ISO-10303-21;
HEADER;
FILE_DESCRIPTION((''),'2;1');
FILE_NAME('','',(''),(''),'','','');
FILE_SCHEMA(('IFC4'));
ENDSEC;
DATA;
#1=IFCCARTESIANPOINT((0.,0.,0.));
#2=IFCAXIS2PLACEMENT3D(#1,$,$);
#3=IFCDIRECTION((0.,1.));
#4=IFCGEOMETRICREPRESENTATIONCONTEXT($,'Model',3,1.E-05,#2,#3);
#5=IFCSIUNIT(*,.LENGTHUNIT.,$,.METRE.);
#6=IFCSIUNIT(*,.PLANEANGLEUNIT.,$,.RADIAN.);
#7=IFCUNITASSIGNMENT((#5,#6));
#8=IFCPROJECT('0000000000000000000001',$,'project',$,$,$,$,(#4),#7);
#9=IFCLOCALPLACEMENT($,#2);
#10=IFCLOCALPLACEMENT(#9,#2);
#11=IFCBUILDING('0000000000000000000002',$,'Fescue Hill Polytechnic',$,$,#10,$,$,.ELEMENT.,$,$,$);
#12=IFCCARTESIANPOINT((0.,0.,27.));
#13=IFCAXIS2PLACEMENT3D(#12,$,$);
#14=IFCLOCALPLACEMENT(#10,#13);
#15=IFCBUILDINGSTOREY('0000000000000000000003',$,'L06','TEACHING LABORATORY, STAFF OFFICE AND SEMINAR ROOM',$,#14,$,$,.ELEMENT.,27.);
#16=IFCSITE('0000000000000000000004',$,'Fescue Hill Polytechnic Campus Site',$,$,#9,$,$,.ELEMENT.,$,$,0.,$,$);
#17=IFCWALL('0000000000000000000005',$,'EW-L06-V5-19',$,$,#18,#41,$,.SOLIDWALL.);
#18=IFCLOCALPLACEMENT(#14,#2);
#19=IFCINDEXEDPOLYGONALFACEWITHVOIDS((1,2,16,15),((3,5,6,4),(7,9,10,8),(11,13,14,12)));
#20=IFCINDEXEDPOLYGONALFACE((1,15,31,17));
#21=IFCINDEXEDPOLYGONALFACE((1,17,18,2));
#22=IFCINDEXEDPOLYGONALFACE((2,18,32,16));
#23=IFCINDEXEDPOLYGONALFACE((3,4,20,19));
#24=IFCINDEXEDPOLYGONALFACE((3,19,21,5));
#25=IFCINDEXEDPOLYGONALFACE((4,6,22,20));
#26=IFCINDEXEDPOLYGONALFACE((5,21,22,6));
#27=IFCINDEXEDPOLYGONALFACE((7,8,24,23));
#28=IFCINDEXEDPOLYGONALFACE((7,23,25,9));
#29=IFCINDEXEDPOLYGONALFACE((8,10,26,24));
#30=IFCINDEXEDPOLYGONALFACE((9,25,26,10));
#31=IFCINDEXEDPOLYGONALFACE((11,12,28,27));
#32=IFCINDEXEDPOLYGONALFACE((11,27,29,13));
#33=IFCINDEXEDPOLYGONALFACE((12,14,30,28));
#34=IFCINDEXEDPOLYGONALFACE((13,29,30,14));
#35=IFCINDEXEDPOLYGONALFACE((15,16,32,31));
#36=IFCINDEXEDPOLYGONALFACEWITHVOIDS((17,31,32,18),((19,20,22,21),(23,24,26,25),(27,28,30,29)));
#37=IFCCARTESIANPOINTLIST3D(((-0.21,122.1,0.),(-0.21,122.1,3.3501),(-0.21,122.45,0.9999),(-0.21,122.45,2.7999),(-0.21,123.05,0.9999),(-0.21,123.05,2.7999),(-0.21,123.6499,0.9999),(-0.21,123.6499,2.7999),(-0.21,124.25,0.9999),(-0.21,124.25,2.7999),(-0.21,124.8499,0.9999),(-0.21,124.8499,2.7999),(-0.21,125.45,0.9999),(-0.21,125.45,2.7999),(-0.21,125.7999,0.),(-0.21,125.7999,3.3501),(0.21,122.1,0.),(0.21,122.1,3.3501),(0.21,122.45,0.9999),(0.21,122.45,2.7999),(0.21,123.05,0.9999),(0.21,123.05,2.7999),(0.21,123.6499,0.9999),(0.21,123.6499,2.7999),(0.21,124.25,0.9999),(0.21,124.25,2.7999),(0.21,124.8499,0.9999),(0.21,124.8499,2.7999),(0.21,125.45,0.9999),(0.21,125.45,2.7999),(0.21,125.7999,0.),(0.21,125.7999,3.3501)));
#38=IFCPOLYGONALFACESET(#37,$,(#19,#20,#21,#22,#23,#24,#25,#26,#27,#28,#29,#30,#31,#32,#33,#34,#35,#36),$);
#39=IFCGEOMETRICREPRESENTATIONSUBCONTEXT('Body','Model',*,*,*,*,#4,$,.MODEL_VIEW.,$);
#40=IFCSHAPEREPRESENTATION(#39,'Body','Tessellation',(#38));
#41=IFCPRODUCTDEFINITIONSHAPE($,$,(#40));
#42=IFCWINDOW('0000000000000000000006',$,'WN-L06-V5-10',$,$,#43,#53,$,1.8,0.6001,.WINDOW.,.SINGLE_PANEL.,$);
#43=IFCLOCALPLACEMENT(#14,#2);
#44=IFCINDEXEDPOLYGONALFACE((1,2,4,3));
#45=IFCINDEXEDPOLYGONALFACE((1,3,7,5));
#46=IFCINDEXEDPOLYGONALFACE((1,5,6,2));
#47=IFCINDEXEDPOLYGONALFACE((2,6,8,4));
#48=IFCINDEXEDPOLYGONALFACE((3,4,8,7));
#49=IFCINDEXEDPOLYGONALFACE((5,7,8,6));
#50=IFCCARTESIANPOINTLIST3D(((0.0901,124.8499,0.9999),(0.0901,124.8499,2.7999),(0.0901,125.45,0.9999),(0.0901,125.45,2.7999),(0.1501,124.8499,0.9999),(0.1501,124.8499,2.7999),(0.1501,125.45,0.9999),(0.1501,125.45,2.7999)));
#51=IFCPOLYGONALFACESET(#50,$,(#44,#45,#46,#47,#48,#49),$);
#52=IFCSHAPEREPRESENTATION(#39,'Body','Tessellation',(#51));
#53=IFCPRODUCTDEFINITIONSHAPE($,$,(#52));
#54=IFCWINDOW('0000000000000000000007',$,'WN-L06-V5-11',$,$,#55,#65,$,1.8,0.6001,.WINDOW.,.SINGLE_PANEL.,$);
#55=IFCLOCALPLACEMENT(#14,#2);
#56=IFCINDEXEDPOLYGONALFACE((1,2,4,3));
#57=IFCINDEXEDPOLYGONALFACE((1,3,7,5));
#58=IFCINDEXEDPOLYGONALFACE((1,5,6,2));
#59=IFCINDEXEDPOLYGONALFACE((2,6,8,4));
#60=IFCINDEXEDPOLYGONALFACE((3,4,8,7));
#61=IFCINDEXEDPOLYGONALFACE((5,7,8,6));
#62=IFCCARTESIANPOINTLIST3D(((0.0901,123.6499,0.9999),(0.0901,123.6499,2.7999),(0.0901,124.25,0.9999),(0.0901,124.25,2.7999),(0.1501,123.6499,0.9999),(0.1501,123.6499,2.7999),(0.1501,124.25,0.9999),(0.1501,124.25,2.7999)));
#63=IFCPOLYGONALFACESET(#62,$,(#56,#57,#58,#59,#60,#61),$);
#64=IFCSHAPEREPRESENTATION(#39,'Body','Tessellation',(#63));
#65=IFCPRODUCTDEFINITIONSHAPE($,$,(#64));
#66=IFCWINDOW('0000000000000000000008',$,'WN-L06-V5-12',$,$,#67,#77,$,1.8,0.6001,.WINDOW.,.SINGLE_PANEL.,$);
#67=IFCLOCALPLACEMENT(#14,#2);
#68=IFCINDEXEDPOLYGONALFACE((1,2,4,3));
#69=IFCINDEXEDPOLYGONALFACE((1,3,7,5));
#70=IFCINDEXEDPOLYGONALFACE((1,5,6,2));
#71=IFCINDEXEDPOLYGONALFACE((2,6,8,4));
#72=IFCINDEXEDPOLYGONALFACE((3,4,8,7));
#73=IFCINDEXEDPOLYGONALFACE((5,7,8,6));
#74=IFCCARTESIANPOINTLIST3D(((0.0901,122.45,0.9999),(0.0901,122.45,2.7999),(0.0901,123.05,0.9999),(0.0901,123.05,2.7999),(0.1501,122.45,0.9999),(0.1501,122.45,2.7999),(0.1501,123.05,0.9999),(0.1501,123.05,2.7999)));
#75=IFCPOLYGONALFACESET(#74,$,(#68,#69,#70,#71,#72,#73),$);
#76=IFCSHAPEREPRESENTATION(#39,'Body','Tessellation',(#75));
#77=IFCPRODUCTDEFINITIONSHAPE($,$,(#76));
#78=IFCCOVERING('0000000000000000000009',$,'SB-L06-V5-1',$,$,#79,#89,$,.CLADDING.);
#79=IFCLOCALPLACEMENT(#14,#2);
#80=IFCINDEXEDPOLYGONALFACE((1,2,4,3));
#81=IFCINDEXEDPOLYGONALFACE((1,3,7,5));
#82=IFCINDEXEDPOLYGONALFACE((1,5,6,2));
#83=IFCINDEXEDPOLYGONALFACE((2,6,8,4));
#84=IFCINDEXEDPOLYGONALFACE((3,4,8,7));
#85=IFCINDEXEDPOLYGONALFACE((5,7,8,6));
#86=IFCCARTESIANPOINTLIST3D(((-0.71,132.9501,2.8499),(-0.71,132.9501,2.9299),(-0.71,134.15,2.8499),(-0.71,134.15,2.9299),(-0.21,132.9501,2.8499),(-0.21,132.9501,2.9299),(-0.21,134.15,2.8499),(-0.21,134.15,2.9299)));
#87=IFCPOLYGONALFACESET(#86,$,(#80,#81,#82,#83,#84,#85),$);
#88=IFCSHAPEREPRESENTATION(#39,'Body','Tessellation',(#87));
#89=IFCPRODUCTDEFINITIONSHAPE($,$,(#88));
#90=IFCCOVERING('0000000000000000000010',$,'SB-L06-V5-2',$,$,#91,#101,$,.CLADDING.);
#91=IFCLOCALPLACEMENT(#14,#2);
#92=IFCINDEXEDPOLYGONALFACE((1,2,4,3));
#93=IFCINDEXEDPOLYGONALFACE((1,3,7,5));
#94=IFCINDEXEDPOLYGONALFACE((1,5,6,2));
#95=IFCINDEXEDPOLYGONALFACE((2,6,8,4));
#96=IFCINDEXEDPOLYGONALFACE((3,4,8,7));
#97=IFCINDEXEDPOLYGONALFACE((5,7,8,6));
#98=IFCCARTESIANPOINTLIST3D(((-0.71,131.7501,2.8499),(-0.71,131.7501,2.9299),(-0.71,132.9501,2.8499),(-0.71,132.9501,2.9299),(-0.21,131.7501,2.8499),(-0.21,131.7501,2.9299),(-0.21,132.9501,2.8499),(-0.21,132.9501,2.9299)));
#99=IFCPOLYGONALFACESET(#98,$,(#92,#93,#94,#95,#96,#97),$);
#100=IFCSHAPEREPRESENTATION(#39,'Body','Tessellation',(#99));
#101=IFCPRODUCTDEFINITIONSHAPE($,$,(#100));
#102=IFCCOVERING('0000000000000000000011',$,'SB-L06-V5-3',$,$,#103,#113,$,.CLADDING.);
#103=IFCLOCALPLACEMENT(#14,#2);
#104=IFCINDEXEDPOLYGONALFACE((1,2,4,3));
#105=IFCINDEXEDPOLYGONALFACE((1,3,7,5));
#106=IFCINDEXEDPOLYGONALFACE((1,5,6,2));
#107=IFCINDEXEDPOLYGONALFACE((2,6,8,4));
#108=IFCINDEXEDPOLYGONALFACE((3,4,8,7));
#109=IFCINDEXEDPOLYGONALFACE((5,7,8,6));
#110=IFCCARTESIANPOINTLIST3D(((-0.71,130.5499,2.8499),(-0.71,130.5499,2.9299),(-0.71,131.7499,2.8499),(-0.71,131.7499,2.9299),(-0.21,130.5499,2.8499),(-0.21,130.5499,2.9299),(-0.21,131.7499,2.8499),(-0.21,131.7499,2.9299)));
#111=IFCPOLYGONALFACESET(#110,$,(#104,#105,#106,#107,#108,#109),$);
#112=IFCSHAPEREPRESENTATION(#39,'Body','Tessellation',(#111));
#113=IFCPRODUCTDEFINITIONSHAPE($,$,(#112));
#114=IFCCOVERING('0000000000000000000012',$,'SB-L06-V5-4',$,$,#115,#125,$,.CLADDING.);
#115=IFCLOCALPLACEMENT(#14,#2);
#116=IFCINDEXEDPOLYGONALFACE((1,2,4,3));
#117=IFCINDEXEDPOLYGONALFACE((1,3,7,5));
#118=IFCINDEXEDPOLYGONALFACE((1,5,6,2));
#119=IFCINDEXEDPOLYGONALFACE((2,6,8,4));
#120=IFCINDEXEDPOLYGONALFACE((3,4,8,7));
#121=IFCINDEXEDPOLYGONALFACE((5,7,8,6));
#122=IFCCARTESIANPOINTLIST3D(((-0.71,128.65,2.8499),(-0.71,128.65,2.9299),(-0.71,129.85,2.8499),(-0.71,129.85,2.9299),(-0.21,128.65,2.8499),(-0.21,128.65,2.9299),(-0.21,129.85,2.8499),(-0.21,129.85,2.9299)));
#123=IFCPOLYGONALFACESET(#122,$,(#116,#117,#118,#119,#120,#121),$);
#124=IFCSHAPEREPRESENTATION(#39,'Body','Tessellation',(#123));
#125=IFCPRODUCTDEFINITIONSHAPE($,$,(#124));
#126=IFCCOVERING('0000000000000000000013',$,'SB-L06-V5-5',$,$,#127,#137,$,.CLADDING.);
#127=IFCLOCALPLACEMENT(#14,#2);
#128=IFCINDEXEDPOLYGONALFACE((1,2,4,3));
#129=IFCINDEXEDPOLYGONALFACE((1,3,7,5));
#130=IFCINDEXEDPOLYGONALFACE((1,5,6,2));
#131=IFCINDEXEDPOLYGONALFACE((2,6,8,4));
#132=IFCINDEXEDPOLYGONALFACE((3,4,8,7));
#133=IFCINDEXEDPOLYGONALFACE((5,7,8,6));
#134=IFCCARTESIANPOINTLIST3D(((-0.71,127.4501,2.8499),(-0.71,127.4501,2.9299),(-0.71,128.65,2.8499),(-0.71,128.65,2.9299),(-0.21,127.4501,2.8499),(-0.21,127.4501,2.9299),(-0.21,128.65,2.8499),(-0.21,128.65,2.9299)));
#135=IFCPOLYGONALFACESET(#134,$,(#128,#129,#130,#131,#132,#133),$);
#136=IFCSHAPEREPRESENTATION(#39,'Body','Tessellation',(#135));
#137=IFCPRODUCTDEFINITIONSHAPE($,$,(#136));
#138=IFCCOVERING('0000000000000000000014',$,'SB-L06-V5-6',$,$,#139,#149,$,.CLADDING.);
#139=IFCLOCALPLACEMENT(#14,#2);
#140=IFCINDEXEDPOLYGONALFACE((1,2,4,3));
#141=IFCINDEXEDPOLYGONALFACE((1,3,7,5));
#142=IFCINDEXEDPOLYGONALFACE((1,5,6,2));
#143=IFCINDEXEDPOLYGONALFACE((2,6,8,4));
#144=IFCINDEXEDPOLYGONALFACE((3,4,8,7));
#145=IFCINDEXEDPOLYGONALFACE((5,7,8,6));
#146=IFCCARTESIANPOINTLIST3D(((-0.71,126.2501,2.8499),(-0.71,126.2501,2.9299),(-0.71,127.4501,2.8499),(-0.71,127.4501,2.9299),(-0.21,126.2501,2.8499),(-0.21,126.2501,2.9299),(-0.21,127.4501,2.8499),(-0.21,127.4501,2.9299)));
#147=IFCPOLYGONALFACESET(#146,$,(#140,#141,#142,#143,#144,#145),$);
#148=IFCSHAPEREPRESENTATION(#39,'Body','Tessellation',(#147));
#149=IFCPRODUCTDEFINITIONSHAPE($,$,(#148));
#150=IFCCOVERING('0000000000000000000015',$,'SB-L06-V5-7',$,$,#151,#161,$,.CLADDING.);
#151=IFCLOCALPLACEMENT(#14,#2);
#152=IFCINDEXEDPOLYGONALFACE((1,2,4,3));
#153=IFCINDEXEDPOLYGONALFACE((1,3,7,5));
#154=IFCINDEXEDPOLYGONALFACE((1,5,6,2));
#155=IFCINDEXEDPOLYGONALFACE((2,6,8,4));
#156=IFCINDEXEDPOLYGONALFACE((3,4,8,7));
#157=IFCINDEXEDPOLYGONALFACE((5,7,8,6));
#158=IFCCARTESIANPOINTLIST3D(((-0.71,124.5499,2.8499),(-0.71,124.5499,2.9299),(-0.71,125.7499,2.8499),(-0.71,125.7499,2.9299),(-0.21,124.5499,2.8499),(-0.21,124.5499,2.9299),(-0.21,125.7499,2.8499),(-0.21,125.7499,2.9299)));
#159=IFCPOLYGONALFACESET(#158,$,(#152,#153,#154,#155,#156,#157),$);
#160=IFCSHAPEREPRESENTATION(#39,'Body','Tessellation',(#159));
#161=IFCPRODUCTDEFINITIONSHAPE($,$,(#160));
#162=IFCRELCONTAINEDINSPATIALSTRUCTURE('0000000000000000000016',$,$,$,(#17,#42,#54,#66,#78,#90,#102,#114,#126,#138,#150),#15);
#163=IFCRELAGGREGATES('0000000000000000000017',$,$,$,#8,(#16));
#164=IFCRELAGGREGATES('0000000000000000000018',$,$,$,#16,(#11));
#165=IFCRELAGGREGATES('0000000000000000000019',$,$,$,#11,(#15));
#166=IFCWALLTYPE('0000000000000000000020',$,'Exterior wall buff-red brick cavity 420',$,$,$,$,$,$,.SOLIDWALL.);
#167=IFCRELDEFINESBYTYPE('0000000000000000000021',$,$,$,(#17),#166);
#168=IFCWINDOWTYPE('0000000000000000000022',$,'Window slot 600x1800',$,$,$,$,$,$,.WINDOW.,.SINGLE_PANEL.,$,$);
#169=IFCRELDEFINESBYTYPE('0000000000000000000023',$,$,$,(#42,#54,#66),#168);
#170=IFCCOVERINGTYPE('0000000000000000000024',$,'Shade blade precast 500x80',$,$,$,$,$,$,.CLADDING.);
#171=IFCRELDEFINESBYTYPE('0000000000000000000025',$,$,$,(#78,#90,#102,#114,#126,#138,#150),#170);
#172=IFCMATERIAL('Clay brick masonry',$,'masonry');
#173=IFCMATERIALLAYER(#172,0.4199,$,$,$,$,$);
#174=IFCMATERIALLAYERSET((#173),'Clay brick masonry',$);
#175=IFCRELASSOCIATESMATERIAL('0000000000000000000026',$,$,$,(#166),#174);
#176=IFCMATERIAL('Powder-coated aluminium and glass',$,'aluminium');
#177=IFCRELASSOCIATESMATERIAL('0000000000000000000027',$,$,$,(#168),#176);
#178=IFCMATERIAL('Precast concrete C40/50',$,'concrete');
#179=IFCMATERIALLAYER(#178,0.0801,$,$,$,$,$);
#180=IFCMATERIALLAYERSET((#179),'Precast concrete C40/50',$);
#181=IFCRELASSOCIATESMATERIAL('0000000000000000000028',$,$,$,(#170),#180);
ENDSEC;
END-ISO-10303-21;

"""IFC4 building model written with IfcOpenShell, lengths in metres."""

from ifc_helpers import new_model, si_unit, direction, frame, frame_2d, origin, origin_2d, place, context, subcontext, project, spatial, rectangle, extrude, material, layer, layer_set, type_object, element, fill, save


model = new_model("IFC4")

# Units and contexts
model_context = context("Model", 3, precision=1e-05, world=origin(), true_north=direction((0.0, 1.0)))
body_context = subcontext(model_context, "Body", "Model", "MODEL_VIEW")
ifc_project = project(units=[si_unit("LENGTHUNIT", "METRE"), si_unit("PLANEANGLEUNIT", "RADIAN")], contexts=[model_context])

# Site, building, storey
site_placement = place(None, origin())
site = spatial("IfcSite", under=ifc_project, at=site_placement, Name="Fescue Hill Polytechnic Campus Site", CompositionType="ELEMENT", RefElevation=0.0)
building_placement = place(site_placement, origin())
building = spatial("IfcBuilding", under=site, at=building_placement, Name="Fescue Hill Polytechnic", CompositionType="ELEMENT")
storey_placement = place(building_placement, frame((0.0, 0.0, 27.0)))
storey = spatial("IfcBuildingStorey", under=building, at=storey_placement, Name="L06", Description="TEACHING LABORATORY, STAFF OFFICE AND SEMINAR ROOM", CompositionType="ELEMENT", Elevation=27.0)

# Shared definitions
ifc_material_1 = material(Name="Clay brick masonry", Category="masonry")

# Wall, openings, windows
ifc_layer_1 = layer(ifc_material_1, 0.4199)
ifc_layer_set_1 = layer_set([ifc_layer_1], Name="Clay brick masonry")
wall_type_1 = type_object("IfcWallType", Name="Exterior wall buff-red brick cavity 420", PredefinedType="SOLIDWALL", material=ifc_layer_set_1)
ifc_material_2 = material(Name="Powder-coated aluminium and glass", Category="aluminium")
window_type = type_object("IfcWindowType", Name="Window slot 600x1800", PartitioningType="SINGLE_PANEL", PredefinedType="WINDOW", material=ifc_material_2)
wall_1_placement = place(storey_placement, frame((0.0, 125.8, 0.0), z_axis=(0.0, 0.0, 1.0), x_axis=(0.0, -1.0, 0.0)))
wall_1 = element("IfcWall", 1, at=wall_1_placement, inside=storey, type_object=wall_type_1, Name="EW-L06-V5-19", PredefinedType="SOLIDWALL", context=body_context, shape_type="SweptSolid", body=[
    extrude(rectangle(XDim=3.7, YDim=0.4199, at=frame_2d((1.8501, 0.0))), origin(), (0.0, 0.0, 1.0), 3.3501),
])
opening_1_placement = place(wall_1_placement, frame((0.3501, 0.0, 1.0)))
opening_1 = element("IfcOpeningElement", 2, at=opening_1_placement, cuts=wall_1, PredefinedType="OPENING", context=body_context, shape_type="SweptSolid", body=[
    extrude(rectangle(XDim=0.6001, YDim=1.8, at=frame_2d((0.3, 0.8999))), frame((0.0, 0.22, 0.0), z_axis=(0.0, -1.0, 0.0), x_axis=(1.0, 0.0, 0.0)), (0.0, 0.0, 1.0), 0.4399),
])
opening_2_placement = place(wall_1_placement, frame((1.55, 0.0, 1.0)))
opening_2 = element("IfcOpeningElement", 3, at=opening_2_placement, cuts=wall_1, PredefinedType="OPENING", context=body_context, shape_type="SweptSolid", body=[
    extrude(rectangle(XDim=0.6001, YDim=1.8, at=frame_2d((0.3, 0.8999))), frame((0.0, 0.22, 0.0), z_axis=(0.0, -1.0, 0.0), x_axis=(1.0, 0.0, 0.0)), (0.0, 0.0, 1.0), 0.4399),
])
opening_3_placement = place(wall_1_placement, frame((2.75, 0.0, 1.0)))
opening_3 = element("IfcOpeningElement", 4, at=opening_3_placement, cuts=wall_1, PredefinedType="OPENING", context=body_context, shape_type="SweptSolid", body=[
    extrude(rectangle(XDim=0.6001, YDim=1.8, at=frame_2d((0.3, 0.8999))), frame((0.0, 0.22, 0.0), z_axis=(0.0, -1.0, 0.0), x_axis=(1.0, 0.0, 0.0)), (0.0, 0.0, 1.0), 0.4399),
])
window_1_placement = place(opening_1_placement, origin())
window_1 = element("IfcWindow", 5, at=window_1_placement, inside=storey, type_object=window_type, Name="WN-L06-V5-10", OverallHeight=1.8, OverallWidth=0.6001, PartitioningType="SINGLE_PANEL", PredefinedType="WINDOW", context=body_context, shape_type="SweptSolid", body=[
    extrude(rectangle(XDim=0.6001, YDim=1.8, at=frame_2d((0.3, 0.8999))), frame((0.0, 0.1501, 0.0), z_axis=(0.0, -1.0, 0.0), x_axis=(1.0, 0.0, 0.0)), (0.0, 0.0, 1.0), 0.0601),
])
fill(opening_1, window_1)
window_2_placement = place(opening_2_placement, origin())
window_2 = element("IfcWindow", 6, at=window_2_placement, inside=storey, type_object=window_type, Name="WN-L06-V5-11", OverallHeight=1.8, OverallWidth=0.6001, PartitioningType="SINGLE_PANEL", PredefinedType="WINDOW", context=body_context, shape_type="SweptSolid", body=[
    extrude(rectangle(XDim=0.6001, YDim=1.8, at=frame_2d((0.3, 0.8999))), frame((0.0, 0.1501, 0.0), z_axis=(0.0, -1.0, 0.0), x_axis=(1.0, 0.0, 0.0)), (0.0, 0.0, 1.0), 0.0601),
])
fill(opening_2, window_2)
window_3_placement = place(opening_3_placement, origin())
window_3 = element("IfcWindow", 7, at=window_3_placement, inside=storey, type_object=window_type, Name="WN-L06-V5-12", OverallHeight=1.8, OverallWidth=0.6001, PartitioningType="SINGLE_PANEL", PredefinedType="WINDOW", context=body_context, shape_type="SweptSolid", body=[
    extrude(rectangle(XDim=0.6001, YDim=1.8, at=frame_2d((0.3, 0.8999))), frame((0.0, 0.1501, 0.0), z_axis=(0.0, -1.0, 0.0), x_axis=(1.0, 0.0, 0.0)), (0.0, 0.0, 1.0), 0.0601),
])
fill(opening_3, window_3)

# Coverings
ifc_material_3 = material(Name="Precast concrete C40/50", Category="concrete")
ifc_layer_2 = layer(ifc_material_3, 0.0801)
ifc_layer_set_2 = layer_set([ifc_layer_2], Name="Precast concrete C40/50")
covering_type = type_object("IfcCoveringType", Name="Shade blade precast 500x80", PredefinedType="CLADDING", material=ifc_layer_set_2)
for number, where, z_axis, x_axis, name in (
    (8, (-0.46, 133.55, 2.8499), (0.0, 0.0, 1.0), (0.0, -1.0, 0.0), "SB-L06-V5-1"),
    (9, (-0.46, 132.3501, 2.8499), (0.0, 0.0, 1.0), (0.0, -1.0, 0.0), "SB-L06-V5-2"),
    (10, (-0.46, 131.1499, 2.8499), (0.0, 0.0, 1.0), (0.0, -1.0, 0.0), "SB-L06-V5-3"),
    (11, (-0.46, 129.25, 2.8499), (0.0, 0.0, 1.0), (0.0, -1.0, 0.0), "SB-L06-V5-4"),
    (12, (-0.46, 128.05, 2.8499), (0.0, 0.0, 1.0), (0.0, -1.0, 0.0), "SB-L06-V5-5"),
    (13, (-0.46, 126.8501, 2.8499), (0.0, 0.0, 1.0), (0.0, -1.0, 0.0), "SB-L06-V5-6"),
    (14, (-0.46, 125.1499, 2.8499), (0.0, 0.0, 1.0), (0.0, -1.0, 0.0), "SB-L06-V5-7"),
):
    element("IfcCovering", number, at=place(storey_placement, frame(where, z_axis=z_axis, x_axis=x_axis)), inside=storey, type_object=covering_type, Name=name, PredefinedType="CLADDING", context=body_context, shape_type="SweptSolid", body=[
        extrude(rectangle(XDim=1.2, YDim=0.5, at=origin_2d()), origin(), (0.0, 0.0, 1.0), 0.0801),
    ])

save(model, "model.ifc")
